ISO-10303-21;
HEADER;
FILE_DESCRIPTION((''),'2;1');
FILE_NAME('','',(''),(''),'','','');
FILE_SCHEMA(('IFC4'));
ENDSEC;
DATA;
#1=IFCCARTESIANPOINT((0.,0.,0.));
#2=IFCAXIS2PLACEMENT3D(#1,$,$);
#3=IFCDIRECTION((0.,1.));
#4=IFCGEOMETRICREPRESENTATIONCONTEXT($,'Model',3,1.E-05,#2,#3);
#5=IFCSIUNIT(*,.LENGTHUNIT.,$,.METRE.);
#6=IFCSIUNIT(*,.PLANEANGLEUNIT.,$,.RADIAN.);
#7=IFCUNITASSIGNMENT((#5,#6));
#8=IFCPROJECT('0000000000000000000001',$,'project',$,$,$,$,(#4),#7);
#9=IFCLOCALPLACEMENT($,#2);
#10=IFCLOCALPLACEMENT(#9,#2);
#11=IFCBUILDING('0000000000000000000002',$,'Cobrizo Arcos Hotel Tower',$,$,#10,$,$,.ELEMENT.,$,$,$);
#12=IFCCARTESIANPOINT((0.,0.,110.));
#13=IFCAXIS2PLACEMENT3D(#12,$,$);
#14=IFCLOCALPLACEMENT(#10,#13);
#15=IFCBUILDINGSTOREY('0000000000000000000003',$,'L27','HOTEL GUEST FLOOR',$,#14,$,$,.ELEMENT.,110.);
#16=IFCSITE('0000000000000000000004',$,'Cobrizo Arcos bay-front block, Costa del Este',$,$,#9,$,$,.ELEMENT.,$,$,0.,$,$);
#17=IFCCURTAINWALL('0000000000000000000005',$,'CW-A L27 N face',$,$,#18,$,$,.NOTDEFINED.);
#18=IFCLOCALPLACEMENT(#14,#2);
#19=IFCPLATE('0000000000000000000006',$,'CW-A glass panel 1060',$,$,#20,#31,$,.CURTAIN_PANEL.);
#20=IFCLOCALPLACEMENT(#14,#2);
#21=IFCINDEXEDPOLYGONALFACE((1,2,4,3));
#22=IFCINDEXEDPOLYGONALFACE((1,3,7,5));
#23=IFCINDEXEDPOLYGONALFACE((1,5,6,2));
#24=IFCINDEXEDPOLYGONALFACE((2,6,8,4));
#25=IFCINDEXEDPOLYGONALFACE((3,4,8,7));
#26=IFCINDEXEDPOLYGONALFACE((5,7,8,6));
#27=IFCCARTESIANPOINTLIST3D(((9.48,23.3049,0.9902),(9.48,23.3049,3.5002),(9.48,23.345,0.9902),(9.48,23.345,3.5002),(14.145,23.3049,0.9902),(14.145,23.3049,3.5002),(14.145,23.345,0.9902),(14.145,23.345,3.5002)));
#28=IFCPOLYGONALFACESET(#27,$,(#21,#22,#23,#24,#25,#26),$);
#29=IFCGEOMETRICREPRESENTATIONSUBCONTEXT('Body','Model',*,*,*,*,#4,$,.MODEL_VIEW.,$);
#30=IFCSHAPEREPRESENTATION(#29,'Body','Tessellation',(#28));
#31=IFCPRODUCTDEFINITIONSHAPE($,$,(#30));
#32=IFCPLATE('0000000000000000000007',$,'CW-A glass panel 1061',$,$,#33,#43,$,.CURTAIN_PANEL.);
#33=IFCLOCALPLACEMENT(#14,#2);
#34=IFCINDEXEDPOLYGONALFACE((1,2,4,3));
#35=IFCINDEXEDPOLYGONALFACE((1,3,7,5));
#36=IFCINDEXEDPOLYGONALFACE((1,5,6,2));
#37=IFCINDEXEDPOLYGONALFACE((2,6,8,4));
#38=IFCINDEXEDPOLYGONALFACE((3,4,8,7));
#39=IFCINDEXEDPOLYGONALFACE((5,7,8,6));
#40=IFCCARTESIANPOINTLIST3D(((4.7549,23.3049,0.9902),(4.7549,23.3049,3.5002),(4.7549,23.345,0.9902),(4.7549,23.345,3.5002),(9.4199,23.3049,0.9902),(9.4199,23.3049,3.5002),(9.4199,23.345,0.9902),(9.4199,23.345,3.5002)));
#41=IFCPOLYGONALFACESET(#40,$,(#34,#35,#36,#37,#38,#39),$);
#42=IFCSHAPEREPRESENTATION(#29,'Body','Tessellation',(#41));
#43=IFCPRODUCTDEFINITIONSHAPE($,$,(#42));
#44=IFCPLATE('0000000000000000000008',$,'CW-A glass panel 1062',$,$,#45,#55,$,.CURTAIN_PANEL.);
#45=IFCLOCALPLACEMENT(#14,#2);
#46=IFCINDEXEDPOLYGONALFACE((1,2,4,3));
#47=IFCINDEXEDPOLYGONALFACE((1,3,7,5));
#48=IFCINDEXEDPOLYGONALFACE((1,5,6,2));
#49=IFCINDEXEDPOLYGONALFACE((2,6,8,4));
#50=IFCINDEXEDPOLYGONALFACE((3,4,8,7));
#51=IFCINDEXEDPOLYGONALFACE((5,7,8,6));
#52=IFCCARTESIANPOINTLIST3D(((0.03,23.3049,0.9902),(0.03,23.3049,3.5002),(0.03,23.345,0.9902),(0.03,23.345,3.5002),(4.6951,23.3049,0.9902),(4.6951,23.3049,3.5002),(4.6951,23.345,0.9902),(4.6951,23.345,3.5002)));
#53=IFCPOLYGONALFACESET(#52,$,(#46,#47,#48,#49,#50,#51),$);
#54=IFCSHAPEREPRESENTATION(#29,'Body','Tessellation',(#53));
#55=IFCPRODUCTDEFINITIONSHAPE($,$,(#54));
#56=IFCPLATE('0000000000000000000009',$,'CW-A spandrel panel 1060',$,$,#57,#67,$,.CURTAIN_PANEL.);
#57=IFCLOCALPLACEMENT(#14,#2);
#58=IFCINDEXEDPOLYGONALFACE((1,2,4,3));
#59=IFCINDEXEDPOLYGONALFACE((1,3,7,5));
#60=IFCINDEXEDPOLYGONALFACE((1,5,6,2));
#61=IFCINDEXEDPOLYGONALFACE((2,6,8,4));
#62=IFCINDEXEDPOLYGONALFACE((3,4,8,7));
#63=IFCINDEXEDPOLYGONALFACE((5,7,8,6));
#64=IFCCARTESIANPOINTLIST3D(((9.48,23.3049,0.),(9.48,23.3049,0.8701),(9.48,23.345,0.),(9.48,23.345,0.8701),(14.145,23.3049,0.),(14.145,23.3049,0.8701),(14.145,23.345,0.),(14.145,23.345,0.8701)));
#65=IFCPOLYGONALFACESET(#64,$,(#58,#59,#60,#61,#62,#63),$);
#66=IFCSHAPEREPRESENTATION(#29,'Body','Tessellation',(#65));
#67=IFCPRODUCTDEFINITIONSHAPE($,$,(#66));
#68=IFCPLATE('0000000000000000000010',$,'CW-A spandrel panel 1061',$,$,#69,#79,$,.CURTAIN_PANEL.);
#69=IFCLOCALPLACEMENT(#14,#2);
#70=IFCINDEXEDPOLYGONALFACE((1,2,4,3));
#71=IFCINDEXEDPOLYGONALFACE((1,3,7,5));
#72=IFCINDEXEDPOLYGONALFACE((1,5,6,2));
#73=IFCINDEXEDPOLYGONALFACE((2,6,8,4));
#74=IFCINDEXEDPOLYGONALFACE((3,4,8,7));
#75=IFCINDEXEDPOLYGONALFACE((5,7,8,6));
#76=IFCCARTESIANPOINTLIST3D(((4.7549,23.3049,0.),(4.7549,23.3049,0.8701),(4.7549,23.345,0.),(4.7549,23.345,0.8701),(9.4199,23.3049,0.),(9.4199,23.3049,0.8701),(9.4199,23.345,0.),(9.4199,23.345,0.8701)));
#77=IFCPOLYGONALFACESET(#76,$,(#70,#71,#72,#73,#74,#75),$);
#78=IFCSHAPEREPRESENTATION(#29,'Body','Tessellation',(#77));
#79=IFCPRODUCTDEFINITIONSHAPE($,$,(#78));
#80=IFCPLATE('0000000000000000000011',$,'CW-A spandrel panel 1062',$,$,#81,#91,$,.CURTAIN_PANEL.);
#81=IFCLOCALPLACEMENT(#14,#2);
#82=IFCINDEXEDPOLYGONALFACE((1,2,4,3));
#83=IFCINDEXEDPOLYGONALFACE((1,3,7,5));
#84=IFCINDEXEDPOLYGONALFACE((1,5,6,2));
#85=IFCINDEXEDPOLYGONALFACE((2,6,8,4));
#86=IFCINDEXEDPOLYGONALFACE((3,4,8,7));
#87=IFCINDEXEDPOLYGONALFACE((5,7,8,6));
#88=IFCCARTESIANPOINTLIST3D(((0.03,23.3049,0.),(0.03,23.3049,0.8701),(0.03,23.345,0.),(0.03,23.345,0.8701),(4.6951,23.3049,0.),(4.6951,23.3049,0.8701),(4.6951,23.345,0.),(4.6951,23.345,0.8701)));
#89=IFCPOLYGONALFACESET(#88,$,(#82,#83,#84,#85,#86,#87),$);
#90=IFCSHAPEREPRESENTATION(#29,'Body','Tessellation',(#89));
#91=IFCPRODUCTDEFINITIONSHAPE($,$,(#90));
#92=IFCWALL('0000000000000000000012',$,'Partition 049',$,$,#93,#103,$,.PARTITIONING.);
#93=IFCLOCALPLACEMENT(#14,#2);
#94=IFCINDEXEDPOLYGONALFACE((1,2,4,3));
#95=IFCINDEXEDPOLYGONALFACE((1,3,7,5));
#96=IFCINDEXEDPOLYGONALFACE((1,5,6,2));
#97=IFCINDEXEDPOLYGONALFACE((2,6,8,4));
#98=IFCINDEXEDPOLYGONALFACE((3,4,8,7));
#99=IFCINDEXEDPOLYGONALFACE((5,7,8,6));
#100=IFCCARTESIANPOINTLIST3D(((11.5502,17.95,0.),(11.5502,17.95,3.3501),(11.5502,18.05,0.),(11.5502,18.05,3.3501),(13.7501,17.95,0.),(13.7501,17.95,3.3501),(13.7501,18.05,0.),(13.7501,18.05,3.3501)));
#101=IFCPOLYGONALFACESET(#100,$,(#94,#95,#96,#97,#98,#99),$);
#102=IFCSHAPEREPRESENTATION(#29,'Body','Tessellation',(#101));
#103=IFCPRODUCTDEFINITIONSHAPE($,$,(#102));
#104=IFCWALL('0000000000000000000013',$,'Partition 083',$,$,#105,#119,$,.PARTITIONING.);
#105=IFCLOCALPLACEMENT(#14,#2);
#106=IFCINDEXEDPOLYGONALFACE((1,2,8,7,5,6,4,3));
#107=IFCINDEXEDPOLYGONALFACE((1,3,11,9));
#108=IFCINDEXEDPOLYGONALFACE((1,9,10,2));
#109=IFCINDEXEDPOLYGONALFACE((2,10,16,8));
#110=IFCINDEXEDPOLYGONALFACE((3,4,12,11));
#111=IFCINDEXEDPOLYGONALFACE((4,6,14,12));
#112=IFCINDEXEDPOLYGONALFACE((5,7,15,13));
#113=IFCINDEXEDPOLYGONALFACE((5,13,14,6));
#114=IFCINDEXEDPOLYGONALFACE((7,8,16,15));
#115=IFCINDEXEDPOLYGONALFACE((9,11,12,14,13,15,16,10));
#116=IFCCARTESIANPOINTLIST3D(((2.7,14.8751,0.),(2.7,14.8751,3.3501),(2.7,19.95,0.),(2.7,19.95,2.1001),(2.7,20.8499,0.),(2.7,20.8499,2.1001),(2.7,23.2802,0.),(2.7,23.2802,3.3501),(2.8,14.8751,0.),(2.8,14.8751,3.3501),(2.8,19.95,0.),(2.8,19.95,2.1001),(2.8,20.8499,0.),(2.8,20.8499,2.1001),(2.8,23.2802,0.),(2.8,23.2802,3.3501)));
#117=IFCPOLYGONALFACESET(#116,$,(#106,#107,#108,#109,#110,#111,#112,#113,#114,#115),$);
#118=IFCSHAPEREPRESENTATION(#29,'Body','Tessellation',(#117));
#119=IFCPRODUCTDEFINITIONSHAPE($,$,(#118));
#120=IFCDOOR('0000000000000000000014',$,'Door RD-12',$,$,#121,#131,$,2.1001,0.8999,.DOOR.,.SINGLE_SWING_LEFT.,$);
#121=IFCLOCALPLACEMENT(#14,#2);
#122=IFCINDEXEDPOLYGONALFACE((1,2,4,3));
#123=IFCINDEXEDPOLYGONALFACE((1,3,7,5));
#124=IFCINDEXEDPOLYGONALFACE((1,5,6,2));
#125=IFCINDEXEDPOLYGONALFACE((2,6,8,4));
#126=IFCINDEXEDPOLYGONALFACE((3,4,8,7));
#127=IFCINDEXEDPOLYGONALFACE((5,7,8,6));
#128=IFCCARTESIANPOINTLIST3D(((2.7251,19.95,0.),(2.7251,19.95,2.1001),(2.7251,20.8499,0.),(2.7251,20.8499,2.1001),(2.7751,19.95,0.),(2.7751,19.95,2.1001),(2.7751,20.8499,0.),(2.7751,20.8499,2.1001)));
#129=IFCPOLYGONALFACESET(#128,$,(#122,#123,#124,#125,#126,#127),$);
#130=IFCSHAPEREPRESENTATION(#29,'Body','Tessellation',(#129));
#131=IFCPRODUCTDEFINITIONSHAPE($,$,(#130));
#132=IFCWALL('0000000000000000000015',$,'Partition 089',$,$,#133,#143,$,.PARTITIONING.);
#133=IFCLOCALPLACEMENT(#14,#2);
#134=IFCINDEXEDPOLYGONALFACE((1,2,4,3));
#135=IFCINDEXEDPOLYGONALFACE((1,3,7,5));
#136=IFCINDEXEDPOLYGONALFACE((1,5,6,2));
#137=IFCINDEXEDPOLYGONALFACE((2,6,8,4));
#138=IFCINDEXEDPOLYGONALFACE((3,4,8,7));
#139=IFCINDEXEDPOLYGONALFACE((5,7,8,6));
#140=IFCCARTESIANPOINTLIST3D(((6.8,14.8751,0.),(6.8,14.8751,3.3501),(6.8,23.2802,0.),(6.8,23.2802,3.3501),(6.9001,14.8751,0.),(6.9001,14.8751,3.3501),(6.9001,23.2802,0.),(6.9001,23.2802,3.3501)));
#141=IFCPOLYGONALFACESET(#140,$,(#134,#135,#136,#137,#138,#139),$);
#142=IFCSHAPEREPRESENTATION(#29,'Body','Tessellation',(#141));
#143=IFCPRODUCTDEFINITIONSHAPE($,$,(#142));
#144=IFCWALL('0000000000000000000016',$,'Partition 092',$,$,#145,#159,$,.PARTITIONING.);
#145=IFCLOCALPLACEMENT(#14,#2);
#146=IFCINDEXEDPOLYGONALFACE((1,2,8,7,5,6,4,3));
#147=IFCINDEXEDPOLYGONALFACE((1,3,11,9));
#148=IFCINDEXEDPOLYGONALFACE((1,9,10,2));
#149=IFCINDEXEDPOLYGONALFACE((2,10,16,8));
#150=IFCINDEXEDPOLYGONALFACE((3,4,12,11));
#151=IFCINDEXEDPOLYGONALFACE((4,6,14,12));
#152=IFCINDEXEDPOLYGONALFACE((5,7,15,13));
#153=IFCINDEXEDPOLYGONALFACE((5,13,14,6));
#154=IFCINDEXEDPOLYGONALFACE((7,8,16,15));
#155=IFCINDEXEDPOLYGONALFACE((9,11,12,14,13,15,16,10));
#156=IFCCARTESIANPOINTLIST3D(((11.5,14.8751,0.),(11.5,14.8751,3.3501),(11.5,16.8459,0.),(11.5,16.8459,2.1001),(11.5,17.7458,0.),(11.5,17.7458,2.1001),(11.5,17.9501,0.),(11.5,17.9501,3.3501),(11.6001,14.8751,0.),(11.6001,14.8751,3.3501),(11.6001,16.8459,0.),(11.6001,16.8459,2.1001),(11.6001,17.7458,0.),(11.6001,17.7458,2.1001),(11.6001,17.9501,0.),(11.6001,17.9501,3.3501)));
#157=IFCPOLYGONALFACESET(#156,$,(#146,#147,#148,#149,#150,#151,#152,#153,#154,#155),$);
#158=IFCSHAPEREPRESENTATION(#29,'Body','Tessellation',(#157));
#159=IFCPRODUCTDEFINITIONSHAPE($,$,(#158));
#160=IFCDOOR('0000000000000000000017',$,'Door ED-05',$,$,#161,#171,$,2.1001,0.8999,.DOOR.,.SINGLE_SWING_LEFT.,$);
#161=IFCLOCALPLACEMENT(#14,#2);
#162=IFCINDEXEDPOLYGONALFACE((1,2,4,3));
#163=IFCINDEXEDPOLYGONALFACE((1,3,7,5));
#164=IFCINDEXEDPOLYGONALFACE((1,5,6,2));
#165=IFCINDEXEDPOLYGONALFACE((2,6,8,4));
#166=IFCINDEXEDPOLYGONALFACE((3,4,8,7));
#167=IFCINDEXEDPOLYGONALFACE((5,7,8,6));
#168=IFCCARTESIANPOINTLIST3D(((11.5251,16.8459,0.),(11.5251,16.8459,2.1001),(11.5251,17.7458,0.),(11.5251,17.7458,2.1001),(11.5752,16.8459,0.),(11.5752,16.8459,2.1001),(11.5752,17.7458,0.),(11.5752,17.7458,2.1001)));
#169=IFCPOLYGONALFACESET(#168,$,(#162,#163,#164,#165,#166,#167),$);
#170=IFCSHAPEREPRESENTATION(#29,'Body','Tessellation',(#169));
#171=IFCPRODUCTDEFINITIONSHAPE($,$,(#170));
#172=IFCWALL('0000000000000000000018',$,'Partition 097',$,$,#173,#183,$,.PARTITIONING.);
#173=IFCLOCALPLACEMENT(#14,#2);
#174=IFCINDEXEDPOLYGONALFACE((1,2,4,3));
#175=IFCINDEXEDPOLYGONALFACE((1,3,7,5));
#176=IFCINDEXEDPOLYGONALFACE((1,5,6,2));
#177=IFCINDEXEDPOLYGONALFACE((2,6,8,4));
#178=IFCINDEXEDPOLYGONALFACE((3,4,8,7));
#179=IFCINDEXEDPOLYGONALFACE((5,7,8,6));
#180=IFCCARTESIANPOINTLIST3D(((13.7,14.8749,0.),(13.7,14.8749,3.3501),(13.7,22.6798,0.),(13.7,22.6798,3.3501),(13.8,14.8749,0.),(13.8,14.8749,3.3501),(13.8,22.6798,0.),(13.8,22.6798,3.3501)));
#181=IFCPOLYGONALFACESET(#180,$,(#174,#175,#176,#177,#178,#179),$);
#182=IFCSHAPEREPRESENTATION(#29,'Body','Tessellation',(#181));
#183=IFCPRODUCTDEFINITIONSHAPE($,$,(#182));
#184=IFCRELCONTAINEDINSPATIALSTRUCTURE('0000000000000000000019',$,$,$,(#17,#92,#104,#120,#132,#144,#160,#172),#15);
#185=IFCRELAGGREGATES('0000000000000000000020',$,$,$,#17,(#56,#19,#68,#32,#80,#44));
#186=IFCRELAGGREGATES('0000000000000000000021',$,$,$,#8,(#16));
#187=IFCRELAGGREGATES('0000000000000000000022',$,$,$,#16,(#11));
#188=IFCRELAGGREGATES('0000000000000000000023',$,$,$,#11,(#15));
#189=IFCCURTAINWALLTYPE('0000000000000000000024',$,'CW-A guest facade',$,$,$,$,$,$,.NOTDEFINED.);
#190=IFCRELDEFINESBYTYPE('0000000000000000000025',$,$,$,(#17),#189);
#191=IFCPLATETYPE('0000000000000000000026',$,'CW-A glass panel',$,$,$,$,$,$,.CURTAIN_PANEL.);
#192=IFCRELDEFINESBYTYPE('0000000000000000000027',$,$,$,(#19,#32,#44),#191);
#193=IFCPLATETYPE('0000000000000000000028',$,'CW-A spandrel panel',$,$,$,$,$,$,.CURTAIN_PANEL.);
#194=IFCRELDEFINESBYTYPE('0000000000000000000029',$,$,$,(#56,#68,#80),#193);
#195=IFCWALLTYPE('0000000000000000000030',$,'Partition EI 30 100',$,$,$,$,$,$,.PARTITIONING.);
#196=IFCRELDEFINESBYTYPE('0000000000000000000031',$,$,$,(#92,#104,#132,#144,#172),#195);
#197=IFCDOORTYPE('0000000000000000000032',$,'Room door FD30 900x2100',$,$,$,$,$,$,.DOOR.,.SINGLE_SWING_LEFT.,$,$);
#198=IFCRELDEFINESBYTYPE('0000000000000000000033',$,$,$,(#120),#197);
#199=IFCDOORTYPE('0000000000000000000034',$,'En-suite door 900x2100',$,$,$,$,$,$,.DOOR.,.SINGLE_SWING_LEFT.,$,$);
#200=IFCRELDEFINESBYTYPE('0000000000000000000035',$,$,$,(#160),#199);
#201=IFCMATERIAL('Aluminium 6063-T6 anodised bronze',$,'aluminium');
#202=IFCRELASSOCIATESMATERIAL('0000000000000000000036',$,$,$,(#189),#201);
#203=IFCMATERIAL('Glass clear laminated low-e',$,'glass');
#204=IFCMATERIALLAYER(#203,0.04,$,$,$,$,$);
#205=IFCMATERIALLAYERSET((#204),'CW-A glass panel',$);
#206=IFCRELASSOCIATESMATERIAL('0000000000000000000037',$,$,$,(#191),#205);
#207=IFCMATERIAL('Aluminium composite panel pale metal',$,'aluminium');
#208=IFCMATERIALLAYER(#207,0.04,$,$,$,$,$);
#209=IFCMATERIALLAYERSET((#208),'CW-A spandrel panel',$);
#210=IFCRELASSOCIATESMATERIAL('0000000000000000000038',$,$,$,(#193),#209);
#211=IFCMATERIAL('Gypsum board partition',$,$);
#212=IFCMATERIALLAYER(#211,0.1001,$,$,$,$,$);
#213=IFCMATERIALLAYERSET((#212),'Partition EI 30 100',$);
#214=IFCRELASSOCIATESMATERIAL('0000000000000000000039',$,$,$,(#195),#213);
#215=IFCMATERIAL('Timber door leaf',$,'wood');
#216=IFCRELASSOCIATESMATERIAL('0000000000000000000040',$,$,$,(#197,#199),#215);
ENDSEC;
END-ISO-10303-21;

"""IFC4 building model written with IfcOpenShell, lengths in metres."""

from ifc_helpers import new_model, si_unit, direction, frame, frame_2d, origin, origin_2d, place, context, subcontext, project, spatial, rectangle, extrude, material, layer, layer_set, type_object, element, fill, aggregate, save


model = new_model("IFC4")

# Units and contexts
model_context = context("Model", 3, precision=1e-05, world=origin(), true_north=direction((0.0, 1.0)))
body_context = subcontext(model_context, "Body", "Model", "MODEL_VIEW")
ifc_project = project(units=[si_unit("LENGTHUNIT", "METRE"), si_unit("PLANEANGLEUNIT", "RADIAN")], contexts=[model_context])

# Site, building, storey
site_placement = place(None, origin())
site = spatial("IfcSite", under=ifc_project, at=site_placement, Name="Cobrizo Arcos bay-front block, Costa del Este", CompositionType="ELEMENT", RefElevation=0.0)
building_placement = place(site_placement, origin())
building = spatial("IfcBuilding", under=site, at=building_placement, Name="Cobrizo Arcos Hotel Tower", CompositionType="ELEMENT")
storey_placement = place(building_placement, frame((0.0, 0.0, 110.0)))
storey = spatial("IfcBuildingStorey", under=building, at=storey_placement, Name="L27", Description="HOTEL GUEST FLOOR", CompositionType="ELEMENT", Elevation=110.0)

# Curtain wall
ifc_material_1 = material(Name="Aluminium 6063-T6 anodised bronze", Category="aluminium")
curtain_wall_type = type_object("IfcCurtainWallType", Name="CW-A guest facade", PredefinedType="NOTDEFINED", material=ifc_material_1)
curtain_wall_placement = place(storey_placement, origin())
curtain_wall = element("IfcCurtainWall", 1, at=curtain_wall_placement, inside=storey, type_object=curtain_wall_type, Name="CW-A L27 N face", PredefinedType="NOTDEFINED")

# Plates
ifc_material_2 = material(Name="Glass clear laminated low-e", Category="glass")
ifc_layer_1 = layer(ifc_material_2, 0.04)
ifc_layer_set_1 = layer_set([ifc_layer_1], Name="CW-A glass panel")
plate_type_1 = type_object("IfcPlateType", Name="CW-A glass panel", PredefinedType="CURTAIN_PANEL", material=ifc_layer_set_1)
plate_1_placement = place(storey_placement, frame((11.8125, 23.325, 0.9902), z_axis=(0.0, 0.0, 1.0), x_axis=(-1.0, 0.0, 0.0)))
plate_1 = element("IfcPlate", 2, at=plate_1_placement, type_object=plate_type_1, Name="CW-A glass panel 1060", PredefinedType="CURTAIN_PANEL", context=body_context, shape_type="SweptSolid", body=[
    extrude(rectangle(XDim=4.665, YDim=0.04, at=origin_2d()), origin(), (0.0, 0.0, 1.0), 2.51),
])
plate_2_placement = place(storey_placement, frame((7.0874, 23.325, 0.9902), z_axis=(0.0, 0.0, 1.0), x_axis=(-1.0, 0.0, 0.0)))
plate_2 = element("IfcPlate", 3, at=plate_2_placement, type_object=plate_type_1, Name="CW-A glass panel 1061", PredefinedType="CURTAIN_PANEL", context=body_context, shape_type="SweptSolid", body=[
    extrude(rectangle(XDim=4.665, YDim=0.04, at=origin_2d()), origin(), (0.0, 0.0, 1.0), 2.51),
])
plate_3_placement = place(storey_placement, frame((2.3625, 23.325, 0.9902), z_axis=(0.0, 0.0, 1.0), x_axis=(-1.0, 0.0, 0.0)))
plate_3 = element("IfcPlate", 4, at=plate_3_placement, type_object=plate_type_1, Name="CW-A glass panel 1062", PredefinedType="CURTAIN_PANEL", context=body_context, shape_type="SweptSolid", body=[
    extrude(rectangle(XDim=4.665, YDim=0.04, at=origin_2d()), origin(), (0.0, 0.0, 1.0), 2.51),
])
ifc_material_3 = material(Name="Aluminium composite panel pale metal", Category="aluminium")
ifc_layer_2 = layer(ifc_material_3, 0.04)
ifc_layer_set_2 = layer_set([ifc_layer_2], Name="CW-A spandrel panel")
plate_type_2 = type_object("IfcPlateType", Name="CW-A spandrel panel", PredefinedType="CURTAIN_PANEL", material=ifc_layer_set_2)
plate_4_placement = place(storey_placement, frame((11.8125, 23.325, 0.0), z_axis=(0.0, 0.0, 1.0), x_axis=(-1.0, 0.0, 0.0)))
plate_4 = element("IfcPlate", 5, at=plate_4_placement, type_object=plate_type_2, Name="CW-A spandrel panel 1060", PredefinedType="CURTAIN_PANEL", context=body_context, shape_type="SweptSolid", body=[
    extrude(rectangle(XDim=4.665, YDim=0.04, at=origin_2d()), origin(), (0.0, 0.0, 1.0), 0.8701),
])
plate_5_placement = place(storey_placement, frame((7.0874, 23.325, 0.0), z_axis=(0.0, 0.0, 1.0), x_axis=(-1.0, 0.0, 0.0)))
plate_5 = element("IfcPlate", 6, at=plate_5_placement, type_object=plate_type_2, Name="CW-A spandrel panel 1061", PredefinedType="CURTAIN_PANEL", context=body_context, shape_type="SweptSolid", body=[
    extrude(rectangle(XDim=4.665, YDim=0.04, at=origin_2d()), origin(), (0.0, 0.0, 1.0), 0.8701),
])
plate_6_placement = place(storey_placement, frame((2.3625, 23.325, 0.0), z_axis=(0.0, 0.0, 1.0), x_axis=(-1.0, 0.0, 0.0)))
plate_6 = element("IfcPlate", 7, at=plate_6_placement, type_object=plate_type_2, Name="CW-A spandrel panel 1062", PredefinedType="CURTAIN_PANEL", context=body_context, shape_type="SweptSolid", body=[
    extrude(rectangle(XDim=4.665, YDim=0.04, at=origin_2d()), origin(), (0.0, 0.0, 1.0), 0.8701),
])
aggregate(curtain_wall, [plate_4, plate_1, plate_5, plate_2, plate_6, plate_3])

# Wall
ifc_material_4 = material(Name="Gypsum board partition")
ifc_layer_3 = layer(ifc_material_4, 0.1001)
ifc_layer_set_3 = layer_set([ifc_layer_3], Name="Partition EI 30 100")
wall_type = type_object("IfcWallType", Name="Partition EI 30 100", PredefinedType="PARTITIONING", material=ifc_layer_set_3)
wall_1_placement = place(storey_placement, frame((11.55, 18.0, 0.0), z_axis=(0.0, 0.0, 1.0), x_axis=(1.0, 0.0, 0.0)))
element("IfcWall", 8, at=wall_1_placement, inside=storey, type_object=wall_type, Name="Partition 049", PredefinedType="PARTITIONING", context=body_context, shape_type="SweptSolid", body=[
    extrude(rectangle(XDim=2.2, YDim=0.1001, at=frame_2d((1.1001, 0.0))), origin(), (0.0, 0.0, 1.0), 3.3501),
])

# Wall, opening, door
wall_2_placement = place(storey_placement, frame((2.75, 14.875, 0.0), z_axis=(0.0, 0.0, 1.0), x_axis=(0.0, 1.0, 0.0)))
wall_2 = element("IfcWall", 9, at=wall_2_placement, inside=storey, type_object=wall_type, Name="Partition 083", PredefinedType="PARTITIONING", context=body_context, shape_type="SweptSolid", body=[
    extrude(rectangle(XDim=8.405, YDim=0.1001, at=frame_2d((4.2026, 0.0))), origin(), (0.0, 0.0, 1.0), 3.3501),
])
opening_1_placement = place(wall_2_placement, frame((5.075, 0.0, 0.0)))
opening_1 = element("IfcOpeningElement", 10, at=opening_1_placement, cuts=wall_2, PredefinedType="OPENING", context=body_context, shape_type="SweptSolid", body=[
    extrude(rectangle(XDim=0.8999, YDim=2.1001, at=frame_2d((0.45, 1.05))), frame((0.0, 0.062, 0.0), z_axis=(0.0, -1.0, 0.0), x_axis=(1.0, 0.0, 0.0)), (0.0, 0.0, 1.0), 0.124),
])
ifc_material_5 = material(Name="Timber door leaf", Category="wood")
door_type_1 = type_object("IfcDoorType", Name="Room door FD30 900x2100", OperationType="SINGLE_SWING_LEFT", PredefinedType="DOOR", material=ifc_material_5)
door_1_placement = place(opening_1_placement, origin())
door_1 = element("IfcDoor", 11, at=door_1_placement, inside=storey, type_object=door_type_1, Name="Door RD-12", OperationType="SINGLE_SWING_LEFT", OverallHeight=2.1001, OverallWidth=0.8999, PredefinedType="DOOR", context=body_context, shape_type="SweptSolid", body=[
    extrude(rectangle(XDim=0.8999, YDim=2.1001, at=frame_2d((0.45, 1.05))), frame((0.0, 0.0249, 0.0), z_axis=(0.0, -1.0, 0.0), x_axis=(1.0, 0.0, 0.0)), (0.0, 0.0, 1.0), 0.05),
])
fill(opening_1, door_1)

# Wall
wall_3_placement = place(storey_placement, frame((6.8501, 14.875, 0.0), z_axis=(0.0, 0.0, 1.0), x_axis=(0.0, 1.0, 0.0)))
element("IfcWall", 12, at=wall_3_placement, inside=storey, type_object=wall_type, Name="Partition 089", PredefinedType="PARTITIONING", context=body_context, shape_type="SweptSolid", body=[
    extrude(rectangle(XDim=8.405, YDim=0.1001, at=frame_2d((4.2026, 0.0))), origin(), (0.0, 0.0, 1.0), 3.3501),
])

# Wall, opening, door
wall_4_placement = place(storey_placement, frame((11.55, 14.875, 0.0), z_axis=(0.0, 0.0, 1.0), x_axis=(0.0, 1.0, 0.0)))
wall_4 = element("IfcWall", 13, at=wall_4_placement, inside=storey, type_object=wall_type, Name="Partition 092", PredefinedType="PARTITIONING", context=body_context, shape_type="SweptSolid", body=[
    extrude(rectangle(XDim=3.075, YDim=0.1001, at=frame_2d((1.5376, 0.0))), origin(), (0.0, 0.0, 1.0), 3.3501),
])
opening_2_placement = place(wall_4_placement, frame((1.9709, 0.0, 0.0)))
opening_2 = element("IfcOpeningElement", 14, at=opening_2_placement, cuts=wall_4, PredefinedType="OPENING", context=body_context, shape_type="SweptSolid", body=[
    extrude(rectangle(XDim=0.8999, YDim=2.1001, at=frame_2d((0.45, 1.05))), frame((0.0, 0.062, 0.0), z_axis=(0.0, -1.0, 0.0), x_axis=(1.0, 0.0, 0.0)), (0.0, 0.0, 1.0), 0.124),
])
door_type_2 = type_object("IfcDoorType", Name="En-suite door 900x2100", OperationType="SINGLE_SWING_LEFT", PredefinedType="DOOR", material=ifc_material_5)
door_2_placement = place(opening_2_placement, origin())
door_2 = element("IfcDoor", 15, at=door_2_placement, inside=storey, type_object=door_type_2, Name="Door ED-05", OperationType="SINGLE_SWING_LEFT", OverallHeight=2.1001, OverallWidth=0.8999, PredefinedType="DOOR", context=body_context, shape_type="SweptSolid", body=[
    extrude(rectangle(XDim=0.8999, YDim=2.1001, at=frame_2d((0.45, 1.05))), frame((0.0, 0.0249, 0.0), z_axis=(0.0, -1.0, 0.0), x_axis=(1.0, 0.0, 0.0)), (0.0, 0.0, 1.0), 0.05),
])
fill(opening_2, door_2)

# Wall
wall_5_placement = place(storey_placement, frame((13.75, 14.875, 0.0), z_axis=(0.0, 0.0, 1.0), x_axis=(0.0, 1.0, 0.0)))
element("IfcWall", 16, at=wall_5_placement, inside=storey, type_object=wall_type, Name="Partition 097", PredefinedType="PARTITIONING", context=body_context, shape_type="SweptSolid", body=[
    extrude(rectangle(XDim=7.8049, YDim=0.1001, at=frame_2d((3.9023, 0.0))), origin(), (0.0, 0.0, 1.0), 3.3501),
])

save(model, "model.ifc")
